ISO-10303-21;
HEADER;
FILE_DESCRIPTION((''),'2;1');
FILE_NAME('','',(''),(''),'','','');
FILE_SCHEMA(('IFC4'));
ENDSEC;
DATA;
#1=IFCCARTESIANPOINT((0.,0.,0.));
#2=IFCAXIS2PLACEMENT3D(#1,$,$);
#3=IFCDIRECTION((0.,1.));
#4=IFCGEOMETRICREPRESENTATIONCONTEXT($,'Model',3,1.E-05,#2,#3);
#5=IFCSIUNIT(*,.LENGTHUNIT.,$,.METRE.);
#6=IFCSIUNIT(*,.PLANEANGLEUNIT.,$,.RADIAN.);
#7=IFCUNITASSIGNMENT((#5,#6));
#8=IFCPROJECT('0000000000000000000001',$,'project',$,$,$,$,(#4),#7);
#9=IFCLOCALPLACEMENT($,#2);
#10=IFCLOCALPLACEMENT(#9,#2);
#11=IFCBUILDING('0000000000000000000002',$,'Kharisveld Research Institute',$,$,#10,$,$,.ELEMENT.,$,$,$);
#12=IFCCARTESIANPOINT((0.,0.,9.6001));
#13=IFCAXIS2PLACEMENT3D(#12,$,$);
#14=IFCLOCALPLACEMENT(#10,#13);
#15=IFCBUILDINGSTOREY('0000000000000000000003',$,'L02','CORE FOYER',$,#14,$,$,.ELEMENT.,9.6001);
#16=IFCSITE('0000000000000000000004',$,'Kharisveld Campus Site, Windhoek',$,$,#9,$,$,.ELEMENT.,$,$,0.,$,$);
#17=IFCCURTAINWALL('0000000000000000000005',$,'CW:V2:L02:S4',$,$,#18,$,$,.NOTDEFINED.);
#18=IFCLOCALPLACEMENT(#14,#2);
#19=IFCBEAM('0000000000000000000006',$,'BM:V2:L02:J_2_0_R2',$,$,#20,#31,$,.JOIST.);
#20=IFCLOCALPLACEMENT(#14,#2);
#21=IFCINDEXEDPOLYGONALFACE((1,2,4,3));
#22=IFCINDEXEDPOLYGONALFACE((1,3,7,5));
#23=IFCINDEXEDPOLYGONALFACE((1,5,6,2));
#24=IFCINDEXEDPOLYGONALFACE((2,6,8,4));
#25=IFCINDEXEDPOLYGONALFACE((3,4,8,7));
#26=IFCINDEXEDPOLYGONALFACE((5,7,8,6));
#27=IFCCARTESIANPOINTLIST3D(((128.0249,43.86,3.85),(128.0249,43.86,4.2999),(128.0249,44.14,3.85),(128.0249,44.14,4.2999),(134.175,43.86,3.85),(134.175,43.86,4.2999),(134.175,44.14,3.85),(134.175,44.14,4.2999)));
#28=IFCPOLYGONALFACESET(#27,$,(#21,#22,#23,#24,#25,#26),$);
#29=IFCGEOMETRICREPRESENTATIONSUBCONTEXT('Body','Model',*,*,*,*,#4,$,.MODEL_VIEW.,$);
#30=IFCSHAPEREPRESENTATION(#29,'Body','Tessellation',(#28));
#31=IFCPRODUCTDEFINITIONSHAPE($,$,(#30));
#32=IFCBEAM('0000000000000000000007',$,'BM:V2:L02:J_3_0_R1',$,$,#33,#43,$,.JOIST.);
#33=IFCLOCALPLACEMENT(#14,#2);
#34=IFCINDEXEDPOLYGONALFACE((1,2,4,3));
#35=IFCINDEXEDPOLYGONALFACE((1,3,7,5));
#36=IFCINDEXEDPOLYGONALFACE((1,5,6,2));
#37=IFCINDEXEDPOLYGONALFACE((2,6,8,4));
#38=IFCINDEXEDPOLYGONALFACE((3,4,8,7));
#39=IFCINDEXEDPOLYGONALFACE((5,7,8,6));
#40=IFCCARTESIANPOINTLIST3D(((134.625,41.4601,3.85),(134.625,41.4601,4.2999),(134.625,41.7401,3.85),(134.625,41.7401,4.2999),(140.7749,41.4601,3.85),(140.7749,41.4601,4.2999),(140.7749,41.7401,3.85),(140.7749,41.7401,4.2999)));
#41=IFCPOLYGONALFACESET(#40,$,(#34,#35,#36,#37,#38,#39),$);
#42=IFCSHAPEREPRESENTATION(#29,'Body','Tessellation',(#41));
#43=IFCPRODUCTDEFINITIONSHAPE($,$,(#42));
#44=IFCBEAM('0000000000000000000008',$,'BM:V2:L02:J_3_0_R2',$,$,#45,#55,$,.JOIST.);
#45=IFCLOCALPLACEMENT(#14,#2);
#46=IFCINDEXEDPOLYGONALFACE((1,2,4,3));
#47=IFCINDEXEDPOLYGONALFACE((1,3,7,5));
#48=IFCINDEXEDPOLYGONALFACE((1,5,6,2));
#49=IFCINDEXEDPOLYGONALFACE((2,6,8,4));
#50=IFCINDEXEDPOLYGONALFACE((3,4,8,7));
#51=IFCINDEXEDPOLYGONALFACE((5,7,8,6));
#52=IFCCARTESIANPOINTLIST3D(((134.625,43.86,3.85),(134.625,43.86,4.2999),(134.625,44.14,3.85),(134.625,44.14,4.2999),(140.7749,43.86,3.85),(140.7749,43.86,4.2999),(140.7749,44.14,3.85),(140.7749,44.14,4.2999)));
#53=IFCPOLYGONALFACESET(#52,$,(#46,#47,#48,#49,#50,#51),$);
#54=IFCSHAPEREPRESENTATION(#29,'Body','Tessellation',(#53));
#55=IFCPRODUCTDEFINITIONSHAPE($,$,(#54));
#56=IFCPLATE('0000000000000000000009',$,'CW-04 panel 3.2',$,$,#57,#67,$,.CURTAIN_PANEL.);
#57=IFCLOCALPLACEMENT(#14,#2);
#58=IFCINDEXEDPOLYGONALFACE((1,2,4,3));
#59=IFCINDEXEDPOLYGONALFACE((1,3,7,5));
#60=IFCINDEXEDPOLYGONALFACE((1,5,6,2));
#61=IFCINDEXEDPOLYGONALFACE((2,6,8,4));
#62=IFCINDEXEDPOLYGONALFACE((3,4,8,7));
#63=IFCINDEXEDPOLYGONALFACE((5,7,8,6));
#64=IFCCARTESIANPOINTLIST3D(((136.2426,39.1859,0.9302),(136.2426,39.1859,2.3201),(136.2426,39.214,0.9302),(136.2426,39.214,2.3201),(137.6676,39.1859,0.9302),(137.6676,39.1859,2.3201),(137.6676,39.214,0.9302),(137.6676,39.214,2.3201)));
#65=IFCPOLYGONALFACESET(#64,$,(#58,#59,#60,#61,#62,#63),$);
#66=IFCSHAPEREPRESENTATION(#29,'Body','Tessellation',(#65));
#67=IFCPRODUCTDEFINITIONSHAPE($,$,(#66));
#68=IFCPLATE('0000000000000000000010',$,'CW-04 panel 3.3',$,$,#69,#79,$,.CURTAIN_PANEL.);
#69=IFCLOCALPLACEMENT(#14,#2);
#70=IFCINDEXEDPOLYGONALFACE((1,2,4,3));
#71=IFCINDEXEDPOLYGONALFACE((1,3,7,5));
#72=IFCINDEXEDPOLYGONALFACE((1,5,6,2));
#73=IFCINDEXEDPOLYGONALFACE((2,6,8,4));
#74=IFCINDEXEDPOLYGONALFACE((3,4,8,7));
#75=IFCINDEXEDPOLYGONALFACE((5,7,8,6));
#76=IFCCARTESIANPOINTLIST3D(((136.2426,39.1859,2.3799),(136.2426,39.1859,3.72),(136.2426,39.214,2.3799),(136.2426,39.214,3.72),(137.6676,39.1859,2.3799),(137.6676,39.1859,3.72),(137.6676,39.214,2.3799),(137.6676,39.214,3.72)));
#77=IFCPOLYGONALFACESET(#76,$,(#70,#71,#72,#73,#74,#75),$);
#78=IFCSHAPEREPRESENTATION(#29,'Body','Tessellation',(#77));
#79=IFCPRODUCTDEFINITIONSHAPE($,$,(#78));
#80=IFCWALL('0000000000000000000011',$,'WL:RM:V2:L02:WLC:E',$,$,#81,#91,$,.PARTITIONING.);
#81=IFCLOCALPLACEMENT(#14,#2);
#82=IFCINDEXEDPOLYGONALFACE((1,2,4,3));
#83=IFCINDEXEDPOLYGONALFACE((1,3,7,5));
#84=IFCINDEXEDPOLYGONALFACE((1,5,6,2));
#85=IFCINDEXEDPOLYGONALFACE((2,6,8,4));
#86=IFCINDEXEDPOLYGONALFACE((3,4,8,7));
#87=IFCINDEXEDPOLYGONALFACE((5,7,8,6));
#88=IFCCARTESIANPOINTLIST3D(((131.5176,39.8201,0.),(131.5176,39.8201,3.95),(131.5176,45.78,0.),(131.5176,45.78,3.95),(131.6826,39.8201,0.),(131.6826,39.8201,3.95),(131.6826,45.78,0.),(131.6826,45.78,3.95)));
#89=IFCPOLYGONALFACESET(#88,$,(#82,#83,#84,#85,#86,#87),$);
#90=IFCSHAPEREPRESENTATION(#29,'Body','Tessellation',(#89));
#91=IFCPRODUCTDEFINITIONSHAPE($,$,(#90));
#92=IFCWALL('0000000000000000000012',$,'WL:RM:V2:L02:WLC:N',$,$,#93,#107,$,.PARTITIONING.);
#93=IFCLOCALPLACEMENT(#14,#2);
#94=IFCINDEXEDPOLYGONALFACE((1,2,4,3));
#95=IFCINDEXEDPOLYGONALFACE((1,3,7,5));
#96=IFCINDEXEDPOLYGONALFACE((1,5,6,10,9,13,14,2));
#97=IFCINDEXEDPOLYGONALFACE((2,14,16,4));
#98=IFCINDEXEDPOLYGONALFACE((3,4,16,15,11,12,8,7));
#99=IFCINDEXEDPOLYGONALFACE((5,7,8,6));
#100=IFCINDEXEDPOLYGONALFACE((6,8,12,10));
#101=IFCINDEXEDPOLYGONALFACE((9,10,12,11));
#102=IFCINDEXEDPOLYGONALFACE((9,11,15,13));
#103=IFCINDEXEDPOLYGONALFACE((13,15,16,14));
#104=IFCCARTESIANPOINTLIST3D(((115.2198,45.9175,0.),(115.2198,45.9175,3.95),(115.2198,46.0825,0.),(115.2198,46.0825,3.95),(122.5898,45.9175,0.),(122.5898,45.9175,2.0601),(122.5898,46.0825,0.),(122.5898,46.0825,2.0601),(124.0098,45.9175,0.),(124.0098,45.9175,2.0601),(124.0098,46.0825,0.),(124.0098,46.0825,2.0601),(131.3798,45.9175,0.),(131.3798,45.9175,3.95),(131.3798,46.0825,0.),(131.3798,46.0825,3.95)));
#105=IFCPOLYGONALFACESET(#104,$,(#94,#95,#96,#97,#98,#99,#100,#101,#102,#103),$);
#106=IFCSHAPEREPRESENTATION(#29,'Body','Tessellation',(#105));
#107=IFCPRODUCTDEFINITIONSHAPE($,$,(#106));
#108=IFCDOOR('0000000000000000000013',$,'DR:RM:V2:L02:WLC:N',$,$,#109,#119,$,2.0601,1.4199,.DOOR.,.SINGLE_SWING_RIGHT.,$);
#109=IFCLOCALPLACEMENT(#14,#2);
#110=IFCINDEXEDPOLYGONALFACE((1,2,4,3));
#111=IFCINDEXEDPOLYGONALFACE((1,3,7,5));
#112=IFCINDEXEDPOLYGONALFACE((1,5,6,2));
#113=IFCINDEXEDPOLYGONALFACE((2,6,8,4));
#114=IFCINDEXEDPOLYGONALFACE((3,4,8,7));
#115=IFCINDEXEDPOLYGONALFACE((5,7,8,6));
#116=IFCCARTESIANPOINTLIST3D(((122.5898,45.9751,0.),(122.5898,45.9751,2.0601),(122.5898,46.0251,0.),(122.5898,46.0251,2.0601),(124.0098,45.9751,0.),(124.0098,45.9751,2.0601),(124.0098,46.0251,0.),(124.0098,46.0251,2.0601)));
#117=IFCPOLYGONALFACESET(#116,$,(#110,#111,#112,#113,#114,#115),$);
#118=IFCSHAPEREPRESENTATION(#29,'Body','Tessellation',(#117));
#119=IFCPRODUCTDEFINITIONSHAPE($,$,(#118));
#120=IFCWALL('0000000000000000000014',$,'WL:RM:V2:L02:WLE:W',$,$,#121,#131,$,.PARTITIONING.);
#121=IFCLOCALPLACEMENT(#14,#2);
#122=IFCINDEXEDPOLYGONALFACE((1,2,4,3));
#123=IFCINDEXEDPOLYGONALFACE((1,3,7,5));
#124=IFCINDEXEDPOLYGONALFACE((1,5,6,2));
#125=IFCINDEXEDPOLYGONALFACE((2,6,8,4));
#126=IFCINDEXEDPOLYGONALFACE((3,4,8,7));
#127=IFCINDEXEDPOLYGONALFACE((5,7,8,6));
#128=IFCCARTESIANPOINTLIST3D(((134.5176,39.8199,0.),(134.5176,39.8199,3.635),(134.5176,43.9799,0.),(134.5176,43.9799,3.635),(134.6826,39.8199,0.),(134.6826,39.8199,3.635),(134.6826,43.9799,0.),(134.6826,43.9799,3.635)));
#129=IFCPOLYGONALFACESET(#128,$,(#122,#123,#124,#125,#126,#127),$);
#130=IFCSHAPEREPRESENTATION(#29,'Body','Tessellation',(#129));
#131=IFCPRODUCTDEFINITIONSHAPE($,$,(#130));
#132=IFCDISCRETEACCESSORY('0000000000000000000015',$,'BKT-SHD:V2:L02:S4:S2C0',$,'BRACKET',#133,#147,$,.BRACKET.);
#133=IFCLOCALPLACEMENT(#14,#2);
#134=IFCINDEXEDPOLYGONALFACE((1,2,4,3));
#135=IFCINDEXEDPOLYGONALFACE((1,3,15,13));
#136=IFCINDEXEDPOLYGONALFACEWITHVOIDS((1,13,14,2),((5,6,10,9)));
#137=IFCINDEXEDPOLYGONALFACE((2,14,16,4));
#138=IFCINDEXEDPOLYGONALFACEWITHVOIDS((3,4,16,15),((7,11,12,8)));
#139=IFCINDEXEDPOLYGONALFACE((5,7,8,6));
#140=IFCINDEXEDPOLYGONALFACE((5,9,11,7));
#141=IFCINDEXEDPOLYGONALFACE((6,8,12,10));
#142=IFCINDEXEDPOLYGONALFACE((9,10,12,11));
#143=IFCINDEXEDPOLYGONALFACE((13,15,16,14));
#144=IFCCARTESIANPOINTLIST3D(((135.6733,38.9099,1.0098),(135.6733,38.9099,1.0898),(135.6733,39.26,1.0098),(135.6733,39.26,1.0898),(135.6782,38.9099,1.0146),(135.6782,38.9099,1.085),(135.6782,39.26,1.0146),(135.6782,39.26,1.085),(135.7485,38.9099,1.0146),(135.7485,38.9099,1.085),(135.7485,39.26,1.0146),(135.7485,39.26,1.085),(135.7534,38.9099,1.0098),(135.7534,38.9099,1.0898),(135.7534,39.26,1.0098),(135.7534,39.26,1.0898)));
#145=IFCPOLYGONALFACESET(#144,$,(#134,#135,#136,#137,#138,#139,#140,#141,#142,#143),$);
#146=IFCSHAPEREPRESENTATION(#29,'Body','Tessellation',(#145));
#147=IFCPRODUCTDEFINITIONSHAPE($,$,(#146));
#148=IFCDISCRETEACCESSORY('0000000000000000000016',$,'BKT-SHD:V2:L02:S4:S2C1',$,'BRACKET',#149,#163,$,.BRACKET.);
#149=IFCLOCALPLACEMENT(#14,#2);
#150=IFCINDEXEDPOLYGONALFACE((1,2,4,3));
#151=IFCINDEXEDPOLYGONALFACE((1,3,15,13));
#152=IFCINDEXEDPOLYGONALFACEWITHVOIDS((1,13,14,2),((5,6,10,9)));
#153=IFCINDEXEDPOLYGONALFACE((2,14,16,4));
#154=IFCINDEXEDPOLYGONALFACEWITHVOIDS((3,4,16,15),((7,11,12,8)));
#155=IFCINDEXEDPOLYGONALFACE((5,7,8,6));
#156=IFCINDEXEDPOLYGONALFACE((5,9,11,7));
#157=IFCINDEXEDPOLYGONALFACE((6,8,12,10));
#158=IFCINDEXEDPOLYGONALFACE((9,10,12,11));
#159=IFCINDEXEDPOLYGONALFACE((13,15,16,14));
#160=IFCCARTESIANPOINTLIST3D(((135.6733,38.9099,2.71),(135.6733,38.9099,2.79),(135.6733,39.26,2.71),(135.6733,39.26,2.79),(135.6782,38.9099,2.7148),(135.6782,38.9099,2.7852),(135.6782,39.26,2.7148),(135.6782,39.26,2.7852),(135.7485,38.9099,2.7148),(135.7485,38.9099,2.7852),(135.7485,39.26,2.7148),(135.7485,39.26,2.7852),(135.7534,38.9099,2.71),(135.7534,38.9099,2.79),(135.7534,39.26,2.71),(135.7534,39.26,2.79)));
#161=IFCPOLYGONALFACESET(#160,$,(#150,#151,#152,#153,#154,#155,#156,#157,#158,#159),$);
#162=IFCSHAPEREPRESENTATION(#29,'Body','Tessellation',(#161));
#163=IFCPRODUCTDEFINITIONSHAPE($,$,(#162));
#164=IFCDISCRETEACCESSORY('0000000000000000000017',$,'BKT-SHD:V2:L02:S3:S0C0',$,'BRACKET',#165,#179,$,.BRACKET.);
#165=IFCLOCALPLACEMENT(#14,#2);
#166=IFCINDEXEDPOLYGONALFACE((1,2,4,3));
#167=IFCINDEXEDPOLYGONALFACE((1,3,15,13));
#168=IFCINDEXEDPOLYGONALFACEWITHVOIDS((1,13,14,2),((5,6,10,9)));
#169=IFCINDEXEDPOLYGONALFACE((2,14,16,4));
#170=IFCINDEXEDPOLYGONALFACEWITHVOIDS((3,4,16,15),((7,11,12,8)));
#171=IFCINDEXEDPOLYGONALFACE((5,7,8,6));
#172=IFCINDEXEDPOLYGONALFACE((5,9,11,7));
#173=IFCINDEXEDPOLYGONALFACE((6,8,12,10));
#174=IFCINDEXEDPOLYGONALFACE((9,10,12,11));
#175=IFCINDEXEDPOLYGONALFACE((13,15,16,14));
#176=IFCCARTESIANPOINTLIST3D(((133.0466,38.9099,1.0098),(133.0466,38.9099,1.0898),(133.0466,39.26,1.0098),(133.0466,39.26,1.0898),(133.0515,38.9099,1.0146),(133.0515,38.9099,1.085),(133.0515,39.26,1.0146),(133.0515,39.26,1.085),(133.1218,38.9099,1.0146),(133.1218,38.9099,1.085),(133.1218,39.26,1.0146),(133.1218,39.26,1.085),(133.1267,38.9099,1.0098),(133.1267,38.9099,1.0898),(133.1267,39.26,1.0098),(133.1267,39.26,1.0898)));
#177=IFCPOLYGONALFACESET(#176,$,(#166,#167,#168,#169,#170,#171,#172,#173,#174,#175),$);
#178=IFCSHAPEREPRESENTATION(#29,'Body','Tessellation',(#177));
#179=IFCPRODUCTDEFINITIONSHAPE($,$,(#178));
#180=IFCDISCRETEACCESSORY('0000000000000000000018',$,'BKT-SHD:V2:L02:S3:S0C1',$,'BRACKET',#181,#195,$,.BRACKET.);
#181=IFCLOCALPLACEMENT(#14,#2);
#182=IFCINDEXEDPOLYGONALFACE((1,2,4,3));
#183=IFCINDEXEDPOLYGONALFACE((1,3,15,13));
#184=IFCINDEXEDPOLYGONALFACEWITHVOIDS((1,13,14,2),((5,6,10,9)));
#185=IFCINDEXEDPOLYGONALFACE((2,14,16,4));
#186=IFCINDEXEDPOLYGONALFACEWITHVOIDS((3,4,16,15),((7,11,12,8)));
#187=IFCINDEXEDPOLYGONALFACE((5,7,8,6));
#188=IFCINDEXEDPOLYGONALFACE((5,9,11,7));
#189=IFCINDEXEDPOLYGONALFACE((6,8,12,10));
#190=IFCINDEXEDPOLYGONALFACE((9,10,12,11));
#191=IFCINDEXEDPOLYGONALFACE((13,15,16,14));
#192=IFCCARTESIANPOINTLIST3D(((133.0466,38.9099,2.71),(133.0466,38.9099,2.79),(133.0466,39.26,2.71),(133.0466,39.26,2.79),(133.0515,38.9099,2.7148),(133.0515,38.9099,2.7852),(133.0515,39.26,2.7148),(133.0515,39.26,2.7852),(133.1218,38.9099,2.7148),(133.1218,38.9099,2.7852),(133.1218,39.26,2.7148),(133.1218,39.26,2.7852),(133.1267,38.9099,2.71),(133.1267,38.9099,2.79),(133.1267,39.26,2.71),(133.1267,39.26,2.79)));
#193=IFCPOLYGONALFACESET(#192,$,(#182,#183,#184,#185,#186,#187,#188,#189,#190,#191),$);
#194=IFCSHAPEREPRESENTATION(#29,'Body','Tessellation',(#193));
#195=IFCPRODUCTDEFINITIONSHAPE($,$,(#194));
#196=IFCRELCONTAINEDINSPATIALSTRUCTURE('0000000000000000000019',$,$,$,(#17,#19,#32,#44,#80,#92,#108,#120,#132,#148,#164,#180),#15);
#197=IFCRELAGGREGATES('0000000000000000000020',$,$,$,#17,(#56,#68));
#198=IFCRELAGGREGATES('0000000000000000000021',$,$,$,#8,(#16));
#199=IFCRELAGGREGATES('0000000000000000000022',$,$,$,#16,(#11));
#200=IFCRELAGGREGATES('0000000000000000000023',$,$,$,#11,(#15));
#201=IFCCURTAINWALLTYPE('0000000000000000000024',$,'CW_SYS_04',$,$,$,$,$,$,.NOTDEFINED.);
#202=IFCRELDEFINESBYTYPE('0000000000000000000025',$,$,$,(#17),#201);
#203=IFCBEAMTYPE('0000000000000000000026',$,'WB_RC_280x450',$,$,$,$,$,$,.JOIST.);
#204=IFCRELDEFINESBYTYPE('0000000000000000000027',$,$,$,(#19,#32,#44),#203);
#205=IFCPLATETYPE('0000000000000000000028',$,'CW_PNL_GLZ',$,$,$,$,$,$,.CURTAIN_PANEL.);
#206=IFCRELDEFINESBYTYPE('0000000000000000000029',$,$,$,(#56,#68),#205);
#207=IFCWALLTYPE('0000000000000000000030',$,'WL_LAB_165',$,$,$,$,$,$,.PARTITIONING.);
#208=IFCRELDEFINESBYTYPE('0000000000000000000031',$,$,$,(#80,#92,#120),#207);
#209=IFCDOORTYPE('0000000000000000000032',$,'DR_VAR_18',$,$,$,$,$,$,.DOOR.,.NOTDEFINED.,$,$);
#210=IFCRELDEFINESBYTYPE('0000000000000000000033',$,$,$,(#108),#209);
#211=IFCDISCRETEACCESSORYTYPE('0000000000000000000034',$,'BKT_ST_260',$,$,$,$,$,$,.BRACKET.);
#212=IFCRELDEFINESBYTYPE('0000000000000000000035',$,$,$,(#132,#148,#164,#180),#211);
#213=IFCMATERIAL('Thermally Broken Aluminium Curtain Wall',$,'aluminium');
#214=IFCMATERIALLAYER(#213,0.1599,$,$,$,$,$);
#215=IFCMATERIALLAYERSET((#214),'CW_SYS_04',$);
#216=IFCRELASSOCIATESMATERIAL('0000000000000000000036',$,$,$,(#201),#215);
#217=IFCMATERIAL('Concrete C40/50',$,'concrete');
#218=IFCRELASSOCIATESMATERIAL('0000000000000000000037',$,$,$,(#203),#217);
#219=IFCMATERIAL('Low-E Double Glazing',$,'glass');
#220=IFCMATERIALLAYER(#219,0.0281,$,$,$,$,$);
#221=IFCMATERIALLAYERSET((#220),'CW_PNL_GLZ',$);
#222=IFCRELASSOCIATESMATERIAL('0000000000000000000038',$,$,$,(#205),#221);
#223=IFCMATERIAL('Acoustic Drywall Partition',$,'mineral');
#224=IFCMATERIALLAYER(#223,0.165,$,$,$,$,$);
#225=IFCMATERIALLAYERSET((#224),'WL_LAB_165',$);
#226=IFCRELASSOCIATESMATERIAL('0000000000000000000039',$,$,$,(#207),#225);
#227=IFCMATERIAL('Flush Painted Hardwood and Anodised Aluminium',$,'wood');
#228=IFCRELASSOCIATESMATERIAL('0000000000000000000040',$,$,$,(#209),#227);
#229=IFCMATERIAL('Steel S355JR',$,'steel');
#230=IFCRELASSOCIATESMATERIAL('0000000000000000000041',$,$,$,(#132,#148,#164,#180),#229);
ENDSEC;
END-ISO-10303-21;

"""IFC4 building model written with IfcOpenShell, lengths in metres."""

from ifc_helpers import new_model, si_unit, direction, frame, frame_2d, origin, origin_2d, place, context, subcontext, project, spatial, rectangle, hollow_rectangle, extrude, material, layer, layer_set, material_profile, profile_set, type_object, element, fill, aggregate, save


model = new_model("IFC4")

# Units and contexts
model_context = context("Model", 3, precision=1e-05, world=origin(), true_north=direction((0.0, 1.0)))
body_context = subcontext(model_context, "Body", "Model", "MODEL_VIEW")
ifc_project = project(units=[si_unit("LENGTHUNIT", "METRE"), si_unit("PLANEANGLEUNIT", "RADIAN")], contexts=[model_context])

# Site, building, storey
site_placement = place(None, origin())
site = spatial("IfcSite", under=ifc_project, at=site_placement, Name="Kharisveld Campus Site, Windhoek", CompositionType="ELEMENT", RefElevation=0.0)
building_placement = place(site_placement, origin())
building = spatial("IfcBuilding", under=site, at=building_placement, Name="Kharisveld Research Institute", CompositionType="ELEMENT")
storey_placement = place(building_placement, frame((0.0, 0.0, 9.6001)))
storey = spatial("IfcBuildingStorey", under=building, at=storey_placement, Name="L02", Description="CORE FOYER", CompositionType="ELEMENT", Elevation=9.6001)

# Curtain wall
ifc_material_1 = material(Name="Thermally Broken Aluminium Curtain Wall", Category="aluminium")
ifc_layer_1 = layer(ifc_material_1, 0.1599)
ifc_layer_set_1 = layer_set([ifc_layer_1], Name="CW_SYS_04")
curtain_wall_type = type_object("IfcCurtainWallType", Name="CW_SYS_04", PredefinedType="NOTDEFINED", material=ifc_layer_set_1)
curtain_wall_placement = place(storey_placement, origin())
curtain_wall = element("IfcCurtainWall", 1, at=curtain_wall_placement, inside=storey, type_object=curtain_wall_type, Name="CW:V2:L02:S4", PredefinedType="NOTDEFINED")

# Beams
ifc_material_2 = material(Name="Concrete C40/50", Category="concrete")
ifc_material_profile_1 = material_profile(ifc_material_2, rectangle(XDim=0.28, YDim=0.45, at=origin_2d()))
ifc_profile_set_1 = profile_set([ifc_material_profile_1], Name="Concrete C40/50")
beam_type_1 = type_object("IfcBeamType", Name="WB_RC_280x450", PredefinedType="JOIST", material=ifc_profile_set_1)
for number, where, z_axis, x_axis, name in (
    (2, (128.0249, 44.0, 4.075), (1.0, 0.0, 0.0), (0.0, 1.0, 0.0), "BM:V2:L02:J_2_0_R2"),
):
    element("IfcBeam", number, at=place(storey_placement, frame(where, z_axis=z_axis, x_axis=x_axis)), inside=storey, type_object=beam_type_1, Name=name, PredefinedType="JOIST", context=body_context, shape_type="SweptSolid", body=[
        extrude(rectangle(XDim=0.28, YDim=0.45, at=origin_2d()), origin(), (0.0, 0.0, 1.0), 6.1501),
    ])
for number, where, z_axis, x_axis, name in (
    (3, (134.625, 41.6001, 4.075), (1.0, 0.0, 0.0), (0.0, 1.0, 0.0), "BM:V2:L02:J_3_0_R1"),
    (4, (134.625, 44.0, 4.075), (1.0, 0.0, 0.0), (0.0, 1.0, 0.0), "BM:V2:L02:J_3_0_R2"),
):
    element("IfcBeam", number, at=place(storey_placement, frame(where, z_axis=z_axis, x_axis=x_axis)), inside=storey, type_object=beam_type_1, Name=name, PredefinedType="JOIST", context=body_context, shape_type="SweptSolid", body=[
        extrude(rectangle(XDim=0.28, YDim=0.45, at=origin_2d()), origin(), (0.0, 0.0, 1.0), 6.1499),
    ])

# Plates
ifc_material_3 = material(Name="Low-E Double Glazing", Category="glass")
ifc_layer_2 = layer(ifc_material_3, 0.0281)
ifc_layer_set_2 = layer_set([ifc_layer_2], Name="CW_PNL_GLZ")
plate_type = type_object("IfcPlateType", Name="CW_PNL_GLZ", PredefinedType="CURTAIN_PANEL", material=ifc_layer_set_2)
plate_1_placement = place(storey_placement, frame((136.9551, 39.2, 0.9302), z_axis=(0.0, 0.0, 1.0), x_axis=(-1.0, 0.0, 0.0)))
plate_1 = element("IfcPlate", 5, at=plate_1_placement, type_object=plate_type, Name="CW-04 panel 3.2", PredefinedType="CURTAIN_PANEL", context=body_context, shape_type="SweptSolid", body=[
    extrude(rectangle(XDim=1.425, YDim=0.0281, at=origin_2d()), origin(), (0.0, 0.0, 1.0), 1.3899),
])
plate_2_placement = place(storey_placement, frame((136.9551, 39.2, 2.3799), z_axis=(0.0, 0.0, 1.0), x_axis=(-1.0, 0.0, 0.0)))
plate_2 = element("IfcPlate", 6, at=plate_2_placement, type_object=plate_type, Name="CW-04 panel 3.3", PredefinedType="CURTAIN_PANEL", context=body_context, shape_type="SweptSolid", body=[
    extrude(rectangle(XDim=1.425, YDim=0.0281, at=origin_2d()), origin(), (0.0, 0.0, 1.0), 1.3401),
])
aggregate(curtain_wall, [plate_1, plate_2])

# Wall
ifc_material_4 = material(Name="Acoustic Drywall Partition", Category="mineral")
ifc_layer_3 = layer(ifc_material_4, 0.165)
ifc_layer_set_3 = layer_set([ifc_layer_3], Name="WL_LAB_165")
wall_type = type_object("IfcWallType", Name="WL_LAB_165", PredefinedType="PARTITIONING", material=ifc_layer_set_3)
wall_1_placement = place(storey_placement, frame((131.6001, 39.8201, 0.0), z_axis=(0.0, 0.0, 1.0), x_axis=(0.0, 1.0, 0.0)))
element("IfcWall", 7, at=wall_1_placement, inside=storey, type_object=wall_type, Name="WL:RM:V2:L02:WLC:E", PredefinedType="PARTITIONING", context=body_context, shape_type="SweptSolid", body=[
    extrude(rectangle(XDim=5.96, YDim=0.165, at=frame_2d((2.98, 0.0))), origin(), (0.0, 0.0, 1.0), 3.95),
])

# Wall, opening, door
wall_2_placement = place(storey_placement, frame((131.3799, 46.0, 0.0), z_axis=(0.0, 0.0, 1.0), x_axis=(-1.0, 0.0, 0.0)))
wall_2 = element("IfcWall", 8, at=wall_2_placement, inside=storey, type_object=wall_type, Name="WL:RM:V2:L02:WLC:N", PredefinedType="PARTITIONING", context=body_context, shape_type="SweptSolid", body=[
    extrude(rectangle(XDim=16.1599, YDim=0.165, at=frame_2d((8.0801, 0.0))), origin(), (0.0, 0.0, 1.0), 3.95),
])
opening_placement = place(wall_2_placement, frame((7.3701, 0.0, 0.0)))
opening = element("IfcOpeningElement", 9, at=opening_placement, cuts=wall_2, PredefinedType="OPENING", context=body_context, shape_type="SweptSolid", body=[
    extrude(rectangle(XDim=1.4199, YDim=2.0601, at=frame_2d((0.71, 1.03))), frame((0.0, 0.0825, 0.0), z_axis=(0.0, -1.0, 0.0), x_axis=(1.0, 0.0, 0.0)), (0.0, 0.0, 1.0), 0.165),
])
ifc_material_5 = material(Name="Flush Painted Hardwood and Anodised Aluminium", Category="wood")
door_type = type_object("IfcDoorType", Name="DR_VAR_18", OperationType="NOTDEFINED", PredefinedType="DOOR", material=ifc_material_5)
door_placement = place(opening_placement, origin())
door = element("IfcDoor", 10, at=door_placement, inside=storey, type_object=door_type, Name="DR:RM:V2:L02:WLC:N", OperationType="SINGLE_SWING_RIGHT", OverallHeight=2.0601, OverallWidth=1.4199, PredefinedType="DOOR", context=body_context, shape_type="SweptSolid", body=[
    extrude(rectangle(XDim=1.4199, YDim=2.0601, at=frame_2d((0.71, 1.03))), frame((0.0, 0.0249, 0.0), z_axis=(0.0, -1.0, 0.0), x_axis=(1.0, 0.0, 0.0)), (0.0, 0.0, 1.0), 0.05),
])
fill(opening, door)

# Wall
wall_3_placement = place(storey_placement, frame((134.6001, 43.98, 0.0), z_axis=(0.0, 0.0, 1.0), x_axis=(0.0, -1.0, 0.0)))
element("IfcWall", 11, at=wall_3_placement, inside=storey, type_object=wall_type, Name="WL:RM:V2:L02:WLE:W", PredefinedType="PARTITIONING", context=body_context, shape_type="SweptSolid", body=[
    extrude(rectangle(XDim=4.1599, YDim=0.165, at=frame_2d((2.0801, 0.0))), origin(), (0.0, 0.0, 1.0), 3.635),
])

# Discrete accessories
ifc_material_6 = material(Name="Steel S355JR", Category="steel")
discrete_accessory_type = type_object("IfcDiscreteAccessoryType", Name="BKT_ST_260", PredefinedType="BRACKET")
for number, where, z_axis, x_axis, name in (
    (12, (135.7134, 39.26, 1.0498), (0.0, -1.0, 0.0), (1.0, 0.0, 0.0), "BKT-SHD:V2:L02:S4:S2C0"),
    (13, (135.7134, 39.26, 2.75), (0.0, -1.0, 0.0), (1.0, 0.0, 0.0), "BKT-SHD:V2:L02:S4:S2C1"),
    (14, (133.0867, 39.26, 1.0498), (0.0, -1.0, 0.0), (1.0, 0.0, 0.0), "BKT-SHD:V2:L02:S3:S0C0"),
    (15, (133.0867, 39.26, 2.75), (0.0, -1.0, 0.0), (1.0, 0.0, 0.0), "BKT-SHD:V2:L02:S3:S0C1"),
):
    element("IfcDiscreteAccessory", number, at=place(storey_placement, frame(where, z_axis=z_axis, x_axis=x_axis)), inside=storey, type_object=discrete_accessory_type, material=ifc_material_6, Name=name, ObjectType="BRACKET", PredefinedType="BRACKET", context=body_context, shape_type="SweptSolid", body=[
        extrude(hollow_rectangle(XDim=0.0801, YDim=0.0801, WallThickness=0.0049, at=origin_2d()), origin(), (0.0, 0.0, 1.0), 0.3501),
    ])

save(model, "model.ifc")
